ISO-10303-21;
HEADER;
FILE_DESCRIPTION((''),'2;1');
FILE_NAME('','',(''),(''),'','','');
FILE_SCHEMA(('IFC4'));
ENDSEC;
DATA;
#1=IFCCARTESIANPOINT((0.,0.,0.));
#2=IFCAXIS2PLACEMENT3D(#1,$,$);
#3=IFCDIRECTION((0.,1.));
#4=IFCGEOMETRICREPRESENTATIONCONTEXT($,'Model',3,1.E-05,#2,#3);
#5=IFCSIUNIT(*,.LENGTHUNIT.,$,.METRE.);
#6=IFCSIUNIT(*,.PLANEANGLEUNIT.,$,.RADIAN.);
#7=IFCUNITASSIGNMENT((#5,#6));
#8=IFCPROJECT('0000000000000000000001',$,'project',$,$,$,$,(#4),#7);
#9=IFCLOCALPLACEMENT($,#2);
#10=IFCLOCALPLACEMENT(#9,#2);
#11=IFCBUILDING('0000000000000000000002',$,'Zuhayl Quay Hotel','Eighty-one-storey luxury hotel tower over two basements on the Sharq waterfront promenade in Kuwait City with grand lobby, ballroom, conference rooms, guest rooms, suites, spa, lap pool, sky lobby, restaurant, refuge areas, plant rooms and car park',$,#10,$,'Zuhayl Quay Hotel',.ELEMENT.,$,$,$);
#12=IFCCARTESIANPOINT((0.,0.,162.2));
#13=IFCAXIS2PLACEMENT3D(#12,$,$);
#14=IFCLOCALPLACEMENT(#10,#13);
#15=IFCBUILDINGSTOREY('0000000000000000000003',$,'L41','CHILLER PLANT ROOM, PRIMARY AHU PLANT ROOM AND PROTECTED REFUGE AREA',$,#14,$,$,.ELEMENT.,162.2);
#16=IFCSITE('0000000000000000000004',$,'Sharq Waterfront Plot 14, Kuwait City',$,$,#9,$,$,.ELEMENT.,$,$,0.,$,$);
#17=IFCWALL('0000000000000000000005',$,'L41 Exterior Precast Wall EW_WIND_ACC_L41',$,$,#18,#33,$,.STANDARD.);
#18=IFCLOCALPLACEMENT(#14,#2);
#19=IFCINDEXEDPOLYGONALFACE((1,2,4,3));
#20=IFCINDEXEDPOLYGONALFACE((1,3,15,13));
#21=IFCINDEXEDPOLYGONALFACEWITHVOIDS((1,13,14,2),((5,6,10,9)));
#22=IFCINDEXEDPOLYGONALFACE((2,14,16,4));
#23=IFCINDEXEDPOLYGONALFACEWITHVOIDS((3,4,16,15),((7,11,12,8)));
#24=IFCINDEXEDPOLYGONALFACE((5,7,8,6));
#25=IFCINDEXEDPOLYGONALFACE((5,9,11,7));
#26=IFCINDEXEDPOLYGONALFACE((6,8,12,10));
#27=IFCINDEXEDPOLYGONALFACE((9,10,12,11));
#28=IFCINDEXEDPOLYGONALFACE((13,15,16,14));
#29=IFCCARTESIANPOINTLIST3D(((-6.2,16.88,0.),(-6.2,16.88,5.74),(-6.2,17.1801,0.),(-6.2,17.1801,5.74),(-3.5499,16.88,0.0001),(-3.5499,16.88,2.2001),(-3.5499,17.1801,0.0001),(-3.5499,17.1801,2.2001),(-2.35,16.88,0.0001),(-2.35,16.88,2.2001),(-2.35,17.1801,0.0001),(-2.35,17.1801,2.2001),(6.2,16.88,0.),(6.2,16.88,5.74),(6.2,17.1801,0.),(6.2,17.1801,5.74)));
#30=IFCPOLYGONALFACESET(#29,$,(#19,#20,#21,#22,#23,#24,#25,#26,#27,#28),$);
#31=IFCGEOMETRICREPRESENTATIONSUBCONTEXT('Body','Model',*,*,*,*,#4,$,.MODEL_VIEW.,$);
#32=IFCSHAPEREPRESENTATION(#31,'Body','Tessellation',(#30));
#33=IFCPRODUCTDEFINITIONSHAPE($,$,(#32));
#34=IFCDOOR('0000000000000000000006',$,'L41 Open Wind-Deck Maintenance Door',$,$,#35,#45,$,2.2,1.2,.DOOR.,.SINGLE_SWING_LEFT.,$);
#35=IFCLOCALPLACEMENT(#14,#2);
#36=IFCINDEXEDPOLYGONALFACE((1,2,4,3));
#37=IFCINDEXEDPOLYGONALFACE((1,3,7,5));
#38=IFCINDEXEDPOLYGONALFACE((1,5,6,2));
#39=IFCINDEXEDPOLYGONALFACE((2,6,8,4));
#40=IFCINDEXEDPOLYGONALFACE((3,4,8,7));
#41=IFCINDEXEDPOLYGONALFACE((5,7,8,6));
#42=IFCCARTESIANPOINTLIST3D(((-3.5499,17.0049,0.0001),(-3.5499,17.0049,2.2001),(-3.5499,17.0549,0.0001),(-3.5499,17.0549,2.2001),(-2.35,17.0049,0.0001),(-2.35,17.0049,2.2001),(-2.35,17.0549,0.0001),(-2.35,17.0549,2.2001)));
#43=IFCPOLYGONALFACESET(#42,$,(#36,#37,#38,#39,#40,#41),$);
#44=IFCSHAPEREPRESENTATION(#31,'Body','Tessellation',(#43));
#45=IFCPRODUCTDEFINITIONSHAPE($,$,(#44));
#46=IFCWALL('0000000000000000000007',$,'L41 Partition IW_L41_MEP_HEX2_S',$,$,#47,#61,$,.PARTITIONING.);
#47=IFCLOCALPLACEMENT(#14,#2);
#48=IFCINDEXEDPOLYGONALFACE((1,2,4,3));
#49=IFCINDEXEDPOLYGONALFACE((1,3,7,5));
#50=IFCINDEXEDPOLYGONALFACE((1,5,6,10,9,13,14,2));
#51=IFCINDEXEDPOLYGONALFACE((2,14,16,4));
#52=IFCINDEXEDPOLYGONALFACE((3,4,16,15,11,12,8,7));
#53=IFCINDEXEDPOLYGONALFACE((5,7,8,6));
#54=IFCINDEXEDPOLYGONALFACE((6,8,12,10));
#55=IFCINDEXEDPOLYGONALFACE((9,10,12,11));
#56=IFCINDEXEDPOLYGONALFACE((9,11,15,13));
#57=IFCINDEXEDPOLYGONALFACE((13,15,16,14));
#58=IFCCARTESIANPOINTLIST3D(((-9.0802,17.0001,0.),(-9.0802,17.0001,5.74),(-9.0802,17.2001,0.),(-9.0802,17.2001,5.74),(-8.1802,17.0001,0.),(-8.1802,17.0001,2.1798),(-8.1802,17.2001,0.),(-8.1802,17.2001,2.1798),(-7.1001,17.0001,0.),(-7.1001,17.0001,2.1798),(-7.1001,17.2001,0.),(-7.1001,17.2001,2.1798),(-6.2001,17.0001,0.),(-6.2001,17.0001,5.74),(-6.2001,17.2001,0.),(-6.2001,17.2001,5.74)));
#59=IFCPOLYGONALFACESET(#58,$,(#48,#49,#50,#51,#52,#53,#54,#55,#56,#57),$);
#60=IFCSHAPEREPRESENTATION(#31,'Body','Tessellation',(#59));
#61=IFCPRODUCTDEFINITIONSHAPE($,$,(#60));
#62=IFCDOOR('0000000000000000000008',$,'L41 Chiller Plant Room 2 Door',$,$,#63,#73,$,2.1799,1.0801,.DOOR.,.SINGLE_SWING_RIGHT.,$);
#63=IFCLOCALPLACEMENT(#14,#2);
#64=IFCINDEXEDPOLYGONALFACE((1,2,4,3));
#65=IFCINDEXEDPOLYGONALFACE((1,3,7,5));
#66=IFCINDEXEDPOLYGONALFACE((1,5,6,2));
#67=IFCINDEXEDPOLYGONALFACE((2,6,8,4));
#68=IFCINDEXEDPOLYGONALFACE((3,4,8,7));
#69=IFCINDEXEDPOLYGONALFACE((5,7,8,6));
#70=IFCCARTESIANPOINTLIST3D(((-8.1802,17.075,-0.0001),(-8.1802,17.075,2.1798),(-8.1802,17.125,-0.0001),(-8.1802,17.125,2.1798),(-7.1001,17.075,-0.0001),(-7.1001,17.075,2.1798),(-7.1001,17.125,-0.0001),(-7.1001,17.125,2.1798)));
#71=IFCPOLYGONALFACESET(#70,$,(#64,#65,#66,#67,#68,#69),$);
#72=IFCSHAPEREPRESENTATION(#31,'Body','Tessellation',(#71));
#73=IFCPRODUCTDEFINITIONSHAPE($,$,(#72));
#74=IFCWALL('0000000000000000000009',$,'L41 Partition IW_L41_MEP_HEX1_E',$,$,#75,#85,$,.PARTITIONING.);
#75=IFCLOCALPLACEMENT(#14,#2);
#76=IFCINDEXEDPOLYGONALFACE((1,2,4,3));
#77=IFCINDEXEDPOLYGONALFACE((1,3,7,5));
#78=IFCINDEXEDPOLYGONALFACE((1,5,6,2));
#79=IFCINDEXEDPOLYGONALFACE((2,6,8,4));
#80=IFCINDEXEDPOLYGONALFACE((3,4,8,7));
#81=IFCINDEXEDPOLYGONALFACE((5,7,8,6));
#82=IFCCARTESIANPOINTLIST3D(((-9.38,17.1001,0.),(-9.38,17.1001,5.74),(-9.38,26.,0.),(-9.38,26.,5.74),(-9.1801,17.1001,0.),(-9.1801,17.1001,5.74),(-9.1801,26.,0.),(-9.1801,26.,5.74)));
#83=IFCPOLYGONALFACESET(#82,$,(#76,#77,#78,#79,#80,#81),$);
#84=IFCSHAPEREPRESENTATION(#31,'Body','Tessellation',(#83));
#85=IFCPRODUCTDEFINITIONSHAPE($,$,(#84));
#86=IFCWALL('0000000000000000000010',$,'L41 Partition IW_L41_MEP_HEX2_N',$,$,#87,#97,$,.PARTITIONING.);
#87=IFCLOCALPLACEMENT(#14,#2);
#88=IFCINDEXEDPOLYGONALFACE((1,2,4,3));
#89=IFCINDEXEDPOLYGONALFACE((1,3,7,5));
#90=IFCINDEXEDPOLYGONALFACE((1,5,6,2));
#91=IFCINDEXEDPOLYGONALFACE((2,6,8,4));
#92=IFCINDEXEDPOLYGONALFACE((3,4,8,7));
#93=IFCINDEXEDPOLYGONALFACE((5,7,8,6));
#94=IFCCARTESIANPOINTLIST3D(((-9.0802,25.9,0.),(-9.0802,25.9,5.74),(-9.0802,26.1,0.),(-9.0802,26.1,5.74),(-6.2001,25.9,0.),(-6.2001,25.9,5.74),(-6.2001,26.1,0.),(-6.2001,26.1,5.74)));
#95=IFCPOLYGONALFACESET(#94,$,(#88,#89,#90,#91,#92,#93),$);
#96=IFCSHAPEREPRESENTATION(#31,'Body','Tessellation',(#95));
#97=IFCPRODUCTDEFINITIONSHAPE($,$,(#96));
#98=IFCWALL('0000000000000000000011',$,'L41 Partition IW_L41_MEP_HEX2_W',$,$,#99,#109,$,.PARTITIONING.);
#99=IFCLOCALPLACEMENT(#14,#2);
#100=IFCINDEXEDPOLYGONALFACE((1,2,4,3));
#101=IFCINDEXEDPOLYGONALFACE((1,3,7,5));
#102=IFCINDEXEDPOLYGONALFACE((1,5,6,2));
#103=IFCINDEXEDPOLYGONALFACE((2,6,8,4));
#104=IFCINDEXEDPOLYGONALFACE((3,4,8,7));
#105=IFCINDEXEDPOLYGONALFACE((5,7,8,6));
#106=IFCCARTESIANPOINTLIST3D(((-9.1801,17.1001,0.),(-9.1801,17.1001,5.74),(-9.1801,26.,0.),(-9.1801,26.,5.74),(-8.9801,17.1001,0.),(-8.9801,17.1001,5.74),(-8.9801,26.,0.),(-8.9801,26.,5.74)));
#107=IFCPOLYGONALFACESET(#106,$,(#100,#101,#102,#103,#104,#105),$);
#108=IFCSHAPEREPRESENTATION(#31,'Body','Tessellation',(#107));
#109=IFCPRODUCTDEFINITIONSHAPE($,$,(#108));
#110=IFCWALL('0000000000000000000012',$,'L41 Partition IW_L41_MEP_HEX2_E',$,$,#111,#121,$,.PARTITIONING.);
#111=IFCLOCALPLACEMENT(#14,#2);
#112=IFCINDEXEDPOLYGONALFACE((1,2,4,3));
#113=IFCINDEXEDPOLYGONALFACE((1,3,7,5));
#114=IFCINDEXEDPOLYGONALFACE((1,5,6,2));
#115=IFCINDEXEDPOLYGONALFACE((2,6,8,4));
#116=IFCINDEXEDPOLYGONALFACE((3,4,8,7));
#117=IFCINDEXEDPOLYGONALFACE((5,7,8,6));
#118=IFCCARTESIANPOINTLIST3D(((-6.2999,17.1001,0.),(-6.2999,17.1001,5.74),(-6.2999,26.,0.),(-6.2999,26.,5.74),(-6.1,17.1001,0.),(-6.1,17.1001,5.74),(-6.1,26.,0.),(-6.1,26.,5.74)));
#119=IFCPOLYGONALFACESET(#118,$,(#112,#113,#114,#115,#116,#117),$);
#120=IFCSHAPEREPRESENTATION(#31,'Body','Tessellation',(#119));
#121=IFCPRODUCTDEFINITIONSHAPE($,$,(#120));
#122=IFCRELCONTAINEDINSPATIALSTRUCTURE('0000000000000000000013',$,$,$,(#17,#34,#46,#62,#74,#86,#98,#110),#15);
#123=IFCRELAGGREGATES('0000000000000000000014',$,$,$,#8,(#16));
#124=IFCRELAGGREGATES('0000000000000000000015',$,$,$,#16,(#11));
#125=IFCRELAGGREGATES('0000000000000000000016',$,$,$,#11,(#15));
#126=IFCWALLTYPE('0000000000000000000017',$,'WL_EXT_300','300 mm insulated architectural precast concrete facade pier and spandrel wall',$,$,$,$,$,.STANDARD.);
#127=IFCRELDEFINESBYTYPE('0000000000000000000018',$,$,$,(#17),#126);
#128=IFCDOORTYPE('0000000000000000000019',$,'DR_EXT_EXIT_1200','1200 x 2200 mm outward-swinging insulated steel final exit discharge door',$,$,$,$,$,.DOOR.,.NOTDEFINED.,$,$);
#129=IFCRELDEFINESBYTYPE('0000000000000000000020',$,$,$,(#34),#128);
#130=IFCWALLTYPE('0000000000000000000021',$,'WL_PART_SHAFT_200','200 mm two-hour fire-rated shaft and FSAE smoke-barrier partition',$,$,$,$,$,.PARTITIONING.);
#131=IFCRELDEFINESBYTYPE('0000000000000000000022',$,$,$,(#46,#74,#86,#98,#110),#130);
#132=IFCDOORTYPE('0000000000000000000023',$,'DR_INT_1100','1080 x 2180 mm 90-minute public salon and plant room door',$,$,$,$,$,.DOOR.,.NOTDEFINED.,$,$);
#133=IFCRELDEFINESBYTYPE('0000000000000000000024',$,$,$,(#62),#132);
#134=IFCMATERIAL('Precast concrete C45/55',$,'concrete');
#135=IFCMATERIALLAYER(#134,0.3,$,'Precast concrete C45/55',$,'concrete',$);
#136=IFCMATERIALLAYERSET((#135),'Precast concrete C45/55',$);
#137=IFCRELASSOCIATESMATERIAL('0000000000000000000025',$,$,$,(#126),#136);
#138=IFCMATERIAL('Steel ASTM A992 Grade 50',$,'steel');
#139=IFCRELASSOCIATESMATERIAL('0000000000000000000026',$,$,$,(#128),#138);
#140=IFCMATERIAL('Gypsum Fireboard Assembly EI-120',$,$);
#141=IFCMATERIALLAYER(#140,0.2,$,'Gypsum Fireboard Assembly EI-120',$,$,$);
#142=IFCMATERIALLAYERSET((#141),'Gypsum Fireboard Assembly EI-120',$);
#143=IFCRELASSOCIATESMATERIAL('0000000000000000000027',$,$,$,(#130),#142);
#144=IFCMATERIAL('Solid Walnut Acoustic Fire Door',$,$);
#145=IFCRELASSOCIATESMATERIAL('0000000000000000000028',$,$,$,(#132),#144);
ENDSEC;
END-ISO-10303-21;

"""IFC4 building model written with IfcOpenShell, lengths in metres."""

from ifc_helpers import new_model, si_unit, direction, frame, frame_2d, origin, place, context, subcontext, project, spatial, rectangle, extrude, material, layer, layer_set, type_object, element, fill, save


model = new_model("IFC4")

# Units and contexts
model_context = context("Model", 3, precision=1e-05, world=origin(), true_north=direction((0.0, 1.0)))
body_context = subcontext(model_context, "Body", "Model", "MODEL_VIEW")
ifc_project = project(units=[si_unit("LENGTHUNIT", "METRE"), si_unit("PLANEANGLEUNIT", "RADIAN")], contexts=[model_context])

# Site, building, storey
site_placement = place(None, origin())
site = spatial("IfcSite", under=ifc_project, at=site_placement, Name="Sharq Waterfront Plot 14, Kuwait City", CompositionType="ELEMENT", RefElevation=0.0)
building_placement = place(site_placement, origin())
building = spatial("IfcBuilding", under=site, at=building_placement, Name="Zuhayl Quay Hotel", Description="Eighty-one-storey luxury hotel tower over two basements on the Sharq waterfront promenade in Kuwait City with grand lobby, ballroom, conference rooms, guest rooms, suites, spa, lap pool, sky lobby, restaurant, refuge areas, plant rooms and car park", LongName="Zuhayl Quay Hotel", CompositionType="ELEMENT")
storey_placement = place(building_placement, frame((0.0, 0.0, 162.2)))
storey = spatial("IfcBuildingStorey", under=building, at=storey_placement, Name="L41", Description="CHILLER PLANT ROOM, PRIMARY AHU PLANT ROOM AND PROTECTED REFUGE AREA", CompositionType="ELEMENT", Elevation=162.2)

# Shared definitions
ifc_material_1 = material(Name="Steel ASTM A992 Grade 50", Category="steel")

# Walls, openings, doors
ifc_material_2 = material(Name="Precast concrete C45/55", Category="concrete")
ifc_layer_1 = layer(ifc_material_2, 0.3, Name="Precast concrete C45/55", Category="concrete")
ifc_layer_set_1 = layer_set([ifc_layer_1], Name="Precast concrete C45/55")
wall_type_1 = type_object("IfcWallType", Name="WL_EXT_300", Description="300 mm insulated architectural precast concrete facade pier and spandrel wall", PredefinedType="STANDARD", material=ifc_layer_set_1)
wall_1_placement = place(storey_placement, frame((-6.2, 17.03, 0.0), z_axis=(0.0, 0.0, 1.0), x_axis=(1.0, 0.0, 0.0)))
wall_1 = element("IfcWall", 1, at=wall_1_placement, inside=storey, type_object=wall_type_1, Name="L41 Exterior Precast Wall EW_WIND_ACC_L41", PredefinedType="STANDARD", context=body_context, shape_type="SweptSolid", body=[
    extrude(rectangle(XDim=12.3999, YDim=0.3, at=frame_2d((6.2, 0.0))), origin(), (0.0, 0.0, 1.0), 5.74),
])
opening_1_placement = place(wall_1_placement, frame((2.6499, 0.0, 0.0)))
opening_1 = element("IfcOpeningElement", 2, at=opening_1_placement, cuts=wall_1, PredefinedType="OPENING", context=body_context, shape_type="SweptSolid", body=[
    extrude(rectangle(XDim=1.2, YDim=2.2, at=frame_2d((0.6001, 1.1001))), frame((0.0, 0.1599, 0.0), z_axis=(0.0, -1.0, 0.0), x_axis=(1.0, 0.0, 0.0)), (0.0, 0.0, 1.0), 0.3201),
])
door_type_1 = type_object("IfcDoorType", Name="DR_EXT_EXIT_1200", Description="1200 x 2200 mm outward-swinging insulated steel final exit discharge door", OperationType="NOTDEFINED", PredefinedType="DOOR", material=ifc_material_1)
door_1_placement = place(opening_1_placement, origin())
door_1 = element("IfcDoor", 3, at=door_1_placement, inside=storey, type_object=door_type_1, Name="L41 Open Wind-Deck Maintenance Door", OperationType="SINGLE_SWING_LEFT", OverallHeight=2.2, OverallWidth=1.2, PredefinedType="DOOR", context=body_context, shape_type="SweptSolid", body=[
    extrude(rectangle(XDim=1.2, YDim=2.2, at=frame_2d((0.6001, 1.1001))), frame((0.0, 0.0249, 0.0), z_axis=(0.0, -1.0, 0.0), x_axis=(1.0, 0.0, 0.0)), (0.0, 0.0, 1.0), 0.05),
])
fill(opening_1, door_1)
ifc_material_3 = material(Name="Gypsum Fireboard Assembly EI-120")
ifc_layer_2 = layer(ifc_material_3, 0.2, Name="Gypsum Fireboard Assembly EI-120")
ifc_layer_set_2 = layer_set([ifc_layer_2], Name="Gypsum Fireboard Assembly EI-120")
wall_type_2 = type_object("IfcWallType", Name="WL_PART_SHAFT_200", Description="200 mm two-hour fire-rated shaft and FSAE smoke-barrier partition", PredefinedType="PARTITIONING", material=ifc_layer_set_2)
wall_2_placement = place(storey_placement, frame((-9.0801, 17.1001, 0.0), z_axis=(0.0, 0.0, 1.0), x_axis=(1.0, 0.0, 0.0)))
wall_2 = element("IfcWall", 4, at=wall_2_placement, inside=storey, type_object=wall_type_2, Name="L41 Partition IW_L41_MEP_HEX2_S", PredefinedType="PARTITIONING", context=body_context, shape_type="SweptSolid", body=[
    extrude(rectangle(XDim=2.8801, YDim=0.2, at=frame_2d((1.4399, 0.0))), origin(), (0.0, 0.0, 1.0), 5.74),
])
opening_2_placement = place(wall_2_placement, frame((0.8999, 0.0, 0.0)))
opening_2 = element("IfcOpeningElement", 5, at=opening_2_placement, cuts=wall_2, PredefinedType="OPENING", context=body_context, shape_type="SweptSolid", body=[
    extrude(rectangle(XDim=1.0801, YDim=2.1799, at=frame_2d((0.54, 1.0898))), frame((0.0, 0.1099, 0.0), z_axis=(0.0, -1.0, 0.0), x_axis=(1.0, 0.0, 0.0)), (0.0, 0.0, 1.0), 0.22),
])
ifc_material_4 = material(Name="Solid Walnut Acoustic Fire Door")
door_type_2 = type_object("IfcDoorType", Name="DR_INT_1100", Description="1080 x 2180 mm 90-minute public salon and plant room door", OperationType="NOTDEFINED", PredefinedType="DOOR", material=ifc_material_4)
door_2_placement = place(opening_2_placement, origin())
door_2 = element("IfcDoor", 6, at=door_2_placement, inside=storey, type_object=door_type_2, Name="L41 Chiller Plant Room 2 Door", OperationType="SINGLE_SWING_RIGHT", OverallHeight=2.1799, OverallWidth=1.0801, PredefinedType="DOOR", context=body_context, shape_type="SweptSolid", body=[
    extrude(rectangle(XDim=1.0801, YDim=2.1799, at=frame_2d((0.54, 1.0898))), frame((0.0, 0.0249, 0.0), z_axis=(0.0, -1.0, 0.0), x_axis=(1.0, 0.0, 0.0)), (0.0, 0.0, 1.0), 0.05),
])
fill(opening_2, door_2)

# Walls
wall_3_placement = place(storey_placement, frame((-9.28, 17.1001, 0.0), z_axis=(0.0, 0.0, 1.0), x_axis=(0.0, 1.0, 0.0)))
element("IfcWall", 7, at=wall_3_placement, inside=storey, type_object=wall_type_2, Name="L41 Partition IW_L41_MEP_HEX1_E", PredefinedType="PARTITIONING", context=body_context, shape_type="SweptSolid", body=[
    extrude(rectangle(XDim=8.8999, YDim=0.2, at=frame_2d((4.45, 0.0))), origin(), (0.0, 0.0, 1.0), 5.74),
])
wall_4_placement = place(storey_placement, frame((-9.0801, 26.0, 0.0), z_axis=(0.0, 0.0, 1.0), x_axis=(1.0, 0.0, 0.0)))
element("IfcWall", 8, at=wall_4_placement, inside=storey, type_object=wall_type_2, Name="L41 Partition IW_L41_MEP_HEX2_N", PredefinedType="PARTITIONING", context=body_context, shape_type="SweptSolid", body=[
    extrude(rectangle(XDim=2.8801, YDim=0.2, at=frame_2d((1.4399, 0.0))), origin(), (0.0, 0.0, 1.0), 5.74),
])
for number, where, z_axis, x_axis, name in (
    (9, (-9.0801, 17.1001, 0.0), (0.0, 0.0, 1.0), (0.0, 1.0, 0.0), "L41 Partition IW_L41_MEP_HEX2_W"),
    (10, (-6.2, 17.1001, 0.0), (0.0, 0.0, 1.0), (0.0, 1.0, 0.0), "L41 Partition IW_L41_MEP_HEX2_E"),
):
    element("IfcWall", number, at=place(storey_placement, frame(where, z_axis=z_axis, x_axis=x_axis)), inside=storey, type_object=wall_type_2, Name=name, PredefinedType="PARTITIONING", context=body_context, shape_type="SweptSolid", body=[
        extrude(rectangle(XDim=8.8999, YDim=0.2, at=frame_2d((4.45, 0.0))), origin(), (0.0, 0.0, 1.0), 5.74),
    ])

save(model, "model.ifc")
